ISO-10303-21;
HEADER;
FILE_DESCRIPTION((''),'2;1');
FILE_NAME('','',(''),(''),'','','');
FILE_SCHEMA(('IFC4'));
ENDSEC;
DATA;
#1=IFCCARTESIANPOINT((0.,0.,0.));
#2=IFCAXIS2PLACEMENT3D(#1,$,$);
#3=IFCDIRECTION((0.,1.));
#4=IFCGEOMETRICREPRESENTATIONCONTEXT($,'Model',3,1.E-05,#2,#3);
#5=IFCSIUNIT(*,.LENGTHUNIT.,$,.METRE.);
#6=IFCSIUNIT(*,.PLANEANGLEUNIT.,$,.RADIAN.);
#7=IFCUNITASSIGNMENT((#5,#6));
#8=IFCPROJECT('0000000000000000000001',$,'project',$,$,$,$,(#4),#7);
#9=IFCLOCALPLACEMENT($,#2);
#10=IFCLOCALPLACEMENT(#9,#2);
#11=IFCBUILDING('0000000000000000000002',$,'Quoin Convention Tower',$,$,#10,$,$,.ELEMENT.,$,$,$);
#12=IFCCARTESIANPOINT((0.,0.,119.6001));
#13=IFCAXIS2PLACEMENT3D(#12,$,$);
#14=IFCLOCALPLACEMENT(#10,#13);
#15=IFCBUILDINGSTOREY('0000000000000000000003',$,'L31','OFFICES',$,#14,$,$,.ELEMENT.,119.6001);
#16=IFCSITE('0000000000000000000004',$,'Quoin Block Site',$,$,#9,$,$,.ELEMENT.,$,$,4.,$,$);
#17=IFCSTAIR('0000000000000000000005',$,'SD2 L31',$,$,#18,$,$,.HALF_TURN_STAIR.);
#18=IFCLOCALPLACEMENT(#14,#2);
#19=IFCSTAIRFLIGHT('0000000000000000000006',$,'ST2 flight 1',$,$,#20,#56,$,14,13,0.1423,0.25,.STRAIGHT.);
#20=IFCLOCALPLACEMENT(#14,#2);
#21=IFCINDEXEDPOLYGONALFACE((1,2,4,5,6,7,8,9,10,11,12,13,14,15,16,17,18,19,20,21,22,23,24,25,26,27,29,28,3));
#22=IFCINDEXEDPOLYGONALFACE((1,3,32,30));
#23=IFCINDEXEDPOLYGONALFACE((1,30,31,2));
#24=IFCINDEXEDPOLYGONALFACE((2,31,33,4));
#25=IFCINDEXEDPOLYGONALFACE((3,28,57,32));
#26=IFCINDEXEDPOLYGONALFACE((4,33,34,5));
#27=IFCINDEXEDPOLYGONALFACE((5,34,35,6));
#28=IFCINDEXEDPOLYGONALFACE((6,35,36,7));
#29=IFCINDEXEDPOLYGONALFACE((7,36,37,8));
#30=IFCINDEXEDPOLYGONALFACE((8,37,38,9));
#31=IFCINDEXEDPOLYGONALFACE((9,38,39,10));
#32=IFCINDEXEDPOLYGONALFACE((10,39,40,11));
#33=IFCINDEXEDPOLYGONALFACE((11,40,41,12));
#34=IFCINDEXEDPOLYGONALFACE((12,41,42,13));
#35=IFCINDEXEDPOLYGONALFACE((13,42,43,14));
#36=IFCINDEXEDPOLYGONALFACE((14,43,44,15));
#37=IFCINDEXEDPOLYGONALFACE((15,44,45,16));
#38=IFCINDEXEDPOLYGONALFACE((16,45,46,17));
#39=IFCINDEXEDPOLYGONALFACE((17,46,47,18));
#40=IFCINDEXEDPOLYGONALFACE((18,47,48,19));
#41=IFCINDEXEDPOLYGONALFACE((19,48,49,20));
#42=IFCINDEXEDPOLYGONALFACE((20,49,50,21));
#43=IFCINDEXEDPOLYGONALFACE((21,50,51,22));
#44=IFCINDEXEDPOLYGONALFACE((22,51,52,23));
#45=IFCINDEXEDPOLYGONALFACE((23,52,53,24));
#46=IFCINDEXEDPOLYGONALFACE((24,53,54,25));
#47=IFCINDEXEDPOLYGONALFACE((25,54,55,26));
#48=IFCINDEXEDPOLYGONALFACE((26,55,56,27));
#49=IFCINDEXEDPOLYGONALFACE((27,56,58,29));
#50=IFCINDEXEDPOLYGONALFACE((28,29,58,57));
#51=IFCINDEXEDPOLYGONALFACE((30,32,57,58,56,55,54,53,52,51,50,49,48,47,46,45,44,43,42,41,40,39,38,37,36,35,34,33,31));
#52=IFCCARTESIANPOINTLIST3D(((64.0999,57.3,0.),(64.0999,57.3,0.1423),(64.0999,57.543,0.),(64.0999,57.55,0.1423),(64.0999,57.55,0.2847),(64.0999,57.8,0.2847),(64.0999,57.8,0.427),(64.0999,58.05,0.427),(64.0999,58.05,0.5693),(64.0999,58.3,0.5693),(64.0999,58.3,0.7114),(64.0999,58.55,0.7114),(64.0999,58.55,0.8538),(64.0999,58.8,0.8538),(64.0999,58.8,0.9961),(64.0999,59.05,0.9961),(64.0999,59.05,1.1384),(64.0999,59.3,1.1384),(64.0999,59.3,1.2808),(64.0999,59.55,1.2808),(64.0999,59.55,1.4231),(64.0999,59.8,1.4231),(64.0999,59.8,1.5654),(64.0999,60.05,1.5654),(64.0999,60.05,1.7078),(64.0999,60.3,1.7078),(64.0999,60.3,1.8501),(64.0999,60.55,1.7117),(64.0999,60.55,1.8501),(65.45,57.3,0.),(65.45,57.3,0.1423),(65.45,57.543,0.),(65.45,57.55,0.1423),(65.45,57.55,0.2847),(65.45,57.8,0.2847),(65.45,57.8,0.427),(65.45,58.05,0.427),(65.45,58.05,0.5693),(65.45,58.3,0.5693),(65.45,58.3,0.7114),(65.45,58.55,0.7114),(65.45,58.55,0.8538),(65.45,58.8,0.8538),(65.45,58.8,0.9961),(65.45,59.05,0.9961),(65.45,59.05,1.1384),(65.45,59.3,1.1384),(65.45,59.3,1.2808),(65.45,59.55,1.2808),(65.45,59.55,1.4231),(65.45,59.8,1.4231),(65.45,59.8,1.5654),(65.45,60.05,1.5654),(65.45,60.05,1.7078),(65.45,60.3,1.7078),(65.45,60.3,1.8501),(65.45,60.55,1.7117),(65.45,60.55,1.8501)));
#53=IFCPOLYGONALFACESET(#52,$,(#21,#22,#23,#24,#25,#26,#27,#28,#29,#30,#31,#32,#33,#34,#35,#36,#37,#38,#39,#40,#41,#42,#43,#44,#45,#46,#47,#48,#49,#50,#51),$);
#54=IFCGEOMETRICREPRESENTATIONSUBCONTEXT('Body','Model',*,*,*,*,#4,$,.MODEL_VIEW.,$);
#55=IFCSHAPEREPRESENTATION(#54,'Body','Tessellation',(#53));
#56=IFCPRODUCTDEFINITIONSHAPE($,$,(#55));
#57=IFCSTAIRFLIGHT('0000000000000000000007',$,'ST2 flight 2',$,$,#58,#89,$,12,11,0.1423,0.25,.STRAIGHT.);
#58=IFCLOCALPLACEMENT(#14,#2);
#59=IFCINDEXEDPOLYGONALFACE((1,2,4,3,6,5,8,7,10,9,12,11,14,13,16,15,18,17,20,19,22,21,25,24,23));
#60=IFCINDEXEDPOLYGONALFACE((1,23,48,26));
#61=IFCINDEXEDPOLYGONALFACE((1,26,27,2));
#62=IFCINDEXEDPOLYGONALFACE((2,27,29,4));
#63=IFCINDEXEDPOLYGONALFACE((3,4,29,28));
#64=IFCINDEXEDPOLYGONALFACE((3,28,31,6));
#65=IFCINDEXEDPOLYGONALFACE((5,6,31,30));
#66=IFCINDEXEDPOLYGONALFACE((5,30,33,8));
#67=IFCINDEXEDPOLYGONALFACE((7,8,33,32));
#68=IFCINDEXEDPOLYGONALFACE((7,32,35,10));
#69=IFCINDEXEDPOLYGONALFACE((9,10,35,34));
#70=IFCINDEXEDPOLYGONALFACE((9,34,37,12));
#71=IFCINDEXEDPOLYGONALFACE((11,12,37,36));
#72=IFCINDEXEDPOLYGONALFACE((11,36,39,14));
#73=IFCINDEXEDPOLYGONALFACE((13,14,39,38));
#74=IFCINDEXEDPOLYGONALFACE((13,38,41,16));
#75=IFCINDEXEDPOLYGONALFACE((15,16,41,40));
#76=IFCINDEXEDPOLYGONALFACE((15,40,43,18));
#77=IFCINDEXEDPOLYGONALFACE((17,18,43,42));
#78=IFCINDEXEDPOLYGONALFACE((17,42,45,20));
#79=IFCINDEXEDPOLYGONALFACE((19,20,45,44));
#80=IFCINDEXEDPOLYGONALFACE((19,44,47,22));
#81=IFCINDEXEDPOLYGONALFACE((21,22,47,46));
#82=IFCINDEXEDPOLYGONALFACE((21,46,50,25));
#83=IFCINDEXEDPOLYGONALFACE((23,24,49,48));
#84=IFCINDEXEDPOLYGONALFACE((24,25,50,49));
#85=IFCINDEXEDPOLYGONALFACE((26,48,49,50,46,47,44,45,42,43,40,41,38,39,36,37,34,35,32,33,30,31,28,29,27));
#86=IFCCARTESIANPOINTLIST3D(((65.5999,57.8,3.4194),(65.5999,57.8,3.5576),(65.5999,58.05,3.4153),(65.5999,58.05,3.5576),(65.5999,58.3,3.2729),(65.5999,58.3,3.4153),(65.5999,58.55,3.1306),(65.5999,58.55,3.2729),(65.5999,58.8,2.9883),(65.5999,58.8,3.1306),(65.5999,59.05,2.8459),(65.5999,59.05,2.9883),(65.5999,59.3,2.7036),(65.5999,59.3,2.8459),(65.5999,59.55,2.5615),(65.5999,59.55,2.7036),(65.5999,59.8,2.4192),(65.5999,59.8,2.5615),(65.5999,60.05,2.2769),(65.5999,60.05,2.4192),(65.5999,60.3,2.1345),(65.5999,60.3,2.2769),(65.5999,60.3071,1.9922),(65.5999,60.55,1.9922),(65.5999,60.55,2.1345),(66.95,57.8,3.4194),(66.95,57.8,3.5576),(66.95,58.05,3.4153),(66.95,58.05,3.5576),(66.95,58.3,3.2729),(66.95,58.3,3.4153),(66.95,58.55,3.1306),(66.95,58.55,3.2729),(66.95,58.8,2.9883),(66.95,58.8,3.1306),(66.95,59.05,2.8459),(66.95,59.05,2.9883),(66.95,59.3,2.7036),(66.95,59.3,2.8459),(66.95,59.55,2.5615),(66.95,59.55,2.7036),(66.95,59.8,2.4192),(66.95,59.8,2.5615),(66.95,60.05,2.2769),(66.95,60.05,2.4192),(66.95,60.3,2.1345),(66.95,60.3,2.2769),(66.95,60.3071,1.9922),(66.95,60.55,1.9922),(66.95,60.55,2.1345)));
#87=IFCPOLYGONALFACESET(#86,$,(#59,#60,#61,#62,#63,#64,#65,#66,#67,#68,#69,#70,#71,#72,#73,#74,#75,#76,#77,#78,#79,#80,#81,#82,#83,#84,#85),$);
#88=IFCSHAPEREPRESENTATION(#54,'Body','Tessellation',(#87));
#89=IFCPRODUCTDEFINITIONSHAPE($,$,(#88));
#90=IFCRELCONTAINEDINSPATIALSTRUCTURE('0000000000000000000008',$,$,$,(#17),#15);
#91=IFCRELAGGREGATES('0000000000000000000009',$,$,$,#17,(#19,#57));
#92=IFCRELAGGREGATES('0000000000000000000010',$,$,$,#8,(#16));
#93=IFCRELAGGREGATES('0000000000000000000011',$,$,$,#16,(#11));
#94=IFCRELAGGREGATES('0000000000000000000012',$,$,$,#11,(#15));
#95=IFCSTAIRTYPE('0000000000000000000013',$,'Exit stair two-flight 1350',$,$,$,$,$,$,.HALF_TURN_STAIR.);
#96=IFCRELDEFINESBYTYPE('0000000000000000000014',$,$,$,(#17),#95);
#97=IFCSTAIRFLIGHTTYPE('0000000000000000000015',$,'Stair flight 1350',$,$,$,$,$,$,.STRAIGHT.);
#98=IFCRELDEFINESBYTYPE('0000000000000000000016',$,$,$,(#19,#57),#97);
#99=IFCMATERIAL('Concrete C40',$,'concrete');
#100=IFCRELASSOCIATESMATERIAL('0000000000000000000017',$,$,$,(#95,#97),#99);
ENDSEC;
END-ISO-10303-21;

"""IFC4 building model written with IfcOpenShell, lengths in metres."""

from ifc_helpers import new_model, si_unit, direction, frame, origin, place, context, subcontext, project, spatial, polyline, outline, extrude, material, type_object, element, aggregate, save


model = new_model("IFC4")

# Units and contexts
model_context = context("Model", 3, precision=1e-05, world=origin(), true_north=direction((0.0, 1.0)))
body_context = subcontext(model_context, "Body", "Model", "MODEL_VIEW")
ifc_project = project(units=[si_unit("LENGTHUNIT", "METRE"), si_unit("PLANEANGLEUNIT", "RADIAN")], contexts=[model_context])

# Site, building, storey
site_placement = place(None, origin())
site = spatial("IfcSite", under=ifc_project, at=site_placement, Name="Quoin Block Site", CompositionType="ELEMENT", RefElevation=4.0)
building_placement = place(site_placement, origin())
building = spatial("IfcBuilding", under=site, at=building_placement, Name="Quoin Convention Tower", CompositionType="ELEMENT")
storey_placement = place(building_placement, frame((0.0, 0.0, 119.6001)))
storey = spatial("IfcBuildingStorey", under=building, at=storey_placement, Name="L31", Description="OFFICES", CompositionType="ELEMENT", Elevation=119.6001)

# Stair, stair flights
ifc_material_1 = material(Name="Concrete C40", Category="concrete")
stair_type = type_object("IfcStairType", Name="Exit stair two-flight 1350", PredefinedType="HALF_TURN_STAIR", material=ifc_material_1)
stair_placement = place(storey_placement, origin())
stair = element("IfcStair", 1, at=stair_placement, inside=storey, type_object=stair_type, Name="SD2 L31", PredefinedType="HALF_TURN_STAIR")
stair_flight_type = type_object("IfcStairFlightType", Name="Stair flight 1350", PredefinedType="STRAIGHT", material=ifc_material_1)
stair_flight_1_placement = place(storey_placement, frame((64.7749, 57.3, 0.0), z_axis=(0.0, 0.0, 1.0), x_axis=(0.0, 1.0, 0.0)))
stair_flight_1 = element("IfcStairFlight", 2, at=stair_flight_1_placement, type_object=stair_flight_type, Name="ST2 flight 1", NumberOfRisers=14, NumberOfTreads=13, PredefinedType="STRAIGHT", RiserHeight=0.1423, TreadLength=0.25, context=body_context, shape_type="SweptSolid", body=[
    extrude(outline(polyline([(0.0, 0.0), (0.0, 0.1423), (0.25, 0.1423), (0.25, 0.2847), (0.5, 0.2847), (0.5, 0.427), (0.75, 0.427), (0.75, 0.5693), (1.0, 0.5693), (1.0, 0.7114), (1.25, 0.7114), (1.25, 0.8538), (1.5, 0.8538), (1.5, 0.9961), (1.75, 0.9961), (1.75, 1.1384), (2.0, 1.1384), (2.0, 1.2808), (2.25, 1.2808), (2.25, 1.4231), (2.5, 1.4231), (2.5, 1.5654), (2.75, 1.5654), (2.75, 1.7078), (3.0, 1.7078), (3.0, 1.8501), (3.25, 1.8501), (3.25, 1.9922), (3.25, 1.7117), (0.2429, 0.0), (0.0, 0.0)])), frame((0.0, 0.675, 0.0), z_axis=(0.0, -1.0, 0.0), x_axis=(1.0, 0.0, 0.0)), (0.0, 0.0, 1.0), 1.3501),
])
stair_flight_2_placement = place(storey_placement, frame((66.2749, 60.55, 1.9922), z_axis=(0.0, 0.0, 1.0), x_axis=(0.0, -1.0, 0.0)))
stair_flight_2 = element("IfcStairFlight", 3, at=stair_flight_2_placement, type_object=stair_flight_type, Name="ST2 flight 2", NumberOfRisers=12, NumberOfTreads=11, PredefinedType="STRAIGHT", RiserHeight=0.1423, TreadLength=0.25, context=body_context, shape_type="SweptSolid", body=[
    extrude(outline(polyline([(0.0, 0.0), (0.0, 0.1423), (0.25, 0.1423), (0.25, 0.2847), (0.5, 0.2847), (0.5, 0.427), (0.75, 0.427), (0.75, 0.5693), (1.0, 0.5693), (1.0, 0.7114), (1.25, 0.7114), (1.25, 0.8538), (1.5, 0.8538), (1.5, 0.9961), (1.75, 0.9961), (1.75, 1.1384), (2.0, 1.1384), (2.0, 1.2808), (2.25, 1.2808), (2.25, 1.4231), (2.5, 1.4231), (2.5, 1.5654), (2.75, 1.5654), (2.75, 1.7078), (2.75, 1.4272), (0.2429, 0.0), (0.0, 0.0)])), frame((0.0, 0.675, 0.0), z_axis=(0.0, -1.0, 0.0), x_axis=(1.0, 0.0, 0.0)), (0.0, 0.0, 1.0), 1.3501),
])
aggregate(stair, [stair_flight_1, stair_flight_2])

save(model, "model.ifc")
